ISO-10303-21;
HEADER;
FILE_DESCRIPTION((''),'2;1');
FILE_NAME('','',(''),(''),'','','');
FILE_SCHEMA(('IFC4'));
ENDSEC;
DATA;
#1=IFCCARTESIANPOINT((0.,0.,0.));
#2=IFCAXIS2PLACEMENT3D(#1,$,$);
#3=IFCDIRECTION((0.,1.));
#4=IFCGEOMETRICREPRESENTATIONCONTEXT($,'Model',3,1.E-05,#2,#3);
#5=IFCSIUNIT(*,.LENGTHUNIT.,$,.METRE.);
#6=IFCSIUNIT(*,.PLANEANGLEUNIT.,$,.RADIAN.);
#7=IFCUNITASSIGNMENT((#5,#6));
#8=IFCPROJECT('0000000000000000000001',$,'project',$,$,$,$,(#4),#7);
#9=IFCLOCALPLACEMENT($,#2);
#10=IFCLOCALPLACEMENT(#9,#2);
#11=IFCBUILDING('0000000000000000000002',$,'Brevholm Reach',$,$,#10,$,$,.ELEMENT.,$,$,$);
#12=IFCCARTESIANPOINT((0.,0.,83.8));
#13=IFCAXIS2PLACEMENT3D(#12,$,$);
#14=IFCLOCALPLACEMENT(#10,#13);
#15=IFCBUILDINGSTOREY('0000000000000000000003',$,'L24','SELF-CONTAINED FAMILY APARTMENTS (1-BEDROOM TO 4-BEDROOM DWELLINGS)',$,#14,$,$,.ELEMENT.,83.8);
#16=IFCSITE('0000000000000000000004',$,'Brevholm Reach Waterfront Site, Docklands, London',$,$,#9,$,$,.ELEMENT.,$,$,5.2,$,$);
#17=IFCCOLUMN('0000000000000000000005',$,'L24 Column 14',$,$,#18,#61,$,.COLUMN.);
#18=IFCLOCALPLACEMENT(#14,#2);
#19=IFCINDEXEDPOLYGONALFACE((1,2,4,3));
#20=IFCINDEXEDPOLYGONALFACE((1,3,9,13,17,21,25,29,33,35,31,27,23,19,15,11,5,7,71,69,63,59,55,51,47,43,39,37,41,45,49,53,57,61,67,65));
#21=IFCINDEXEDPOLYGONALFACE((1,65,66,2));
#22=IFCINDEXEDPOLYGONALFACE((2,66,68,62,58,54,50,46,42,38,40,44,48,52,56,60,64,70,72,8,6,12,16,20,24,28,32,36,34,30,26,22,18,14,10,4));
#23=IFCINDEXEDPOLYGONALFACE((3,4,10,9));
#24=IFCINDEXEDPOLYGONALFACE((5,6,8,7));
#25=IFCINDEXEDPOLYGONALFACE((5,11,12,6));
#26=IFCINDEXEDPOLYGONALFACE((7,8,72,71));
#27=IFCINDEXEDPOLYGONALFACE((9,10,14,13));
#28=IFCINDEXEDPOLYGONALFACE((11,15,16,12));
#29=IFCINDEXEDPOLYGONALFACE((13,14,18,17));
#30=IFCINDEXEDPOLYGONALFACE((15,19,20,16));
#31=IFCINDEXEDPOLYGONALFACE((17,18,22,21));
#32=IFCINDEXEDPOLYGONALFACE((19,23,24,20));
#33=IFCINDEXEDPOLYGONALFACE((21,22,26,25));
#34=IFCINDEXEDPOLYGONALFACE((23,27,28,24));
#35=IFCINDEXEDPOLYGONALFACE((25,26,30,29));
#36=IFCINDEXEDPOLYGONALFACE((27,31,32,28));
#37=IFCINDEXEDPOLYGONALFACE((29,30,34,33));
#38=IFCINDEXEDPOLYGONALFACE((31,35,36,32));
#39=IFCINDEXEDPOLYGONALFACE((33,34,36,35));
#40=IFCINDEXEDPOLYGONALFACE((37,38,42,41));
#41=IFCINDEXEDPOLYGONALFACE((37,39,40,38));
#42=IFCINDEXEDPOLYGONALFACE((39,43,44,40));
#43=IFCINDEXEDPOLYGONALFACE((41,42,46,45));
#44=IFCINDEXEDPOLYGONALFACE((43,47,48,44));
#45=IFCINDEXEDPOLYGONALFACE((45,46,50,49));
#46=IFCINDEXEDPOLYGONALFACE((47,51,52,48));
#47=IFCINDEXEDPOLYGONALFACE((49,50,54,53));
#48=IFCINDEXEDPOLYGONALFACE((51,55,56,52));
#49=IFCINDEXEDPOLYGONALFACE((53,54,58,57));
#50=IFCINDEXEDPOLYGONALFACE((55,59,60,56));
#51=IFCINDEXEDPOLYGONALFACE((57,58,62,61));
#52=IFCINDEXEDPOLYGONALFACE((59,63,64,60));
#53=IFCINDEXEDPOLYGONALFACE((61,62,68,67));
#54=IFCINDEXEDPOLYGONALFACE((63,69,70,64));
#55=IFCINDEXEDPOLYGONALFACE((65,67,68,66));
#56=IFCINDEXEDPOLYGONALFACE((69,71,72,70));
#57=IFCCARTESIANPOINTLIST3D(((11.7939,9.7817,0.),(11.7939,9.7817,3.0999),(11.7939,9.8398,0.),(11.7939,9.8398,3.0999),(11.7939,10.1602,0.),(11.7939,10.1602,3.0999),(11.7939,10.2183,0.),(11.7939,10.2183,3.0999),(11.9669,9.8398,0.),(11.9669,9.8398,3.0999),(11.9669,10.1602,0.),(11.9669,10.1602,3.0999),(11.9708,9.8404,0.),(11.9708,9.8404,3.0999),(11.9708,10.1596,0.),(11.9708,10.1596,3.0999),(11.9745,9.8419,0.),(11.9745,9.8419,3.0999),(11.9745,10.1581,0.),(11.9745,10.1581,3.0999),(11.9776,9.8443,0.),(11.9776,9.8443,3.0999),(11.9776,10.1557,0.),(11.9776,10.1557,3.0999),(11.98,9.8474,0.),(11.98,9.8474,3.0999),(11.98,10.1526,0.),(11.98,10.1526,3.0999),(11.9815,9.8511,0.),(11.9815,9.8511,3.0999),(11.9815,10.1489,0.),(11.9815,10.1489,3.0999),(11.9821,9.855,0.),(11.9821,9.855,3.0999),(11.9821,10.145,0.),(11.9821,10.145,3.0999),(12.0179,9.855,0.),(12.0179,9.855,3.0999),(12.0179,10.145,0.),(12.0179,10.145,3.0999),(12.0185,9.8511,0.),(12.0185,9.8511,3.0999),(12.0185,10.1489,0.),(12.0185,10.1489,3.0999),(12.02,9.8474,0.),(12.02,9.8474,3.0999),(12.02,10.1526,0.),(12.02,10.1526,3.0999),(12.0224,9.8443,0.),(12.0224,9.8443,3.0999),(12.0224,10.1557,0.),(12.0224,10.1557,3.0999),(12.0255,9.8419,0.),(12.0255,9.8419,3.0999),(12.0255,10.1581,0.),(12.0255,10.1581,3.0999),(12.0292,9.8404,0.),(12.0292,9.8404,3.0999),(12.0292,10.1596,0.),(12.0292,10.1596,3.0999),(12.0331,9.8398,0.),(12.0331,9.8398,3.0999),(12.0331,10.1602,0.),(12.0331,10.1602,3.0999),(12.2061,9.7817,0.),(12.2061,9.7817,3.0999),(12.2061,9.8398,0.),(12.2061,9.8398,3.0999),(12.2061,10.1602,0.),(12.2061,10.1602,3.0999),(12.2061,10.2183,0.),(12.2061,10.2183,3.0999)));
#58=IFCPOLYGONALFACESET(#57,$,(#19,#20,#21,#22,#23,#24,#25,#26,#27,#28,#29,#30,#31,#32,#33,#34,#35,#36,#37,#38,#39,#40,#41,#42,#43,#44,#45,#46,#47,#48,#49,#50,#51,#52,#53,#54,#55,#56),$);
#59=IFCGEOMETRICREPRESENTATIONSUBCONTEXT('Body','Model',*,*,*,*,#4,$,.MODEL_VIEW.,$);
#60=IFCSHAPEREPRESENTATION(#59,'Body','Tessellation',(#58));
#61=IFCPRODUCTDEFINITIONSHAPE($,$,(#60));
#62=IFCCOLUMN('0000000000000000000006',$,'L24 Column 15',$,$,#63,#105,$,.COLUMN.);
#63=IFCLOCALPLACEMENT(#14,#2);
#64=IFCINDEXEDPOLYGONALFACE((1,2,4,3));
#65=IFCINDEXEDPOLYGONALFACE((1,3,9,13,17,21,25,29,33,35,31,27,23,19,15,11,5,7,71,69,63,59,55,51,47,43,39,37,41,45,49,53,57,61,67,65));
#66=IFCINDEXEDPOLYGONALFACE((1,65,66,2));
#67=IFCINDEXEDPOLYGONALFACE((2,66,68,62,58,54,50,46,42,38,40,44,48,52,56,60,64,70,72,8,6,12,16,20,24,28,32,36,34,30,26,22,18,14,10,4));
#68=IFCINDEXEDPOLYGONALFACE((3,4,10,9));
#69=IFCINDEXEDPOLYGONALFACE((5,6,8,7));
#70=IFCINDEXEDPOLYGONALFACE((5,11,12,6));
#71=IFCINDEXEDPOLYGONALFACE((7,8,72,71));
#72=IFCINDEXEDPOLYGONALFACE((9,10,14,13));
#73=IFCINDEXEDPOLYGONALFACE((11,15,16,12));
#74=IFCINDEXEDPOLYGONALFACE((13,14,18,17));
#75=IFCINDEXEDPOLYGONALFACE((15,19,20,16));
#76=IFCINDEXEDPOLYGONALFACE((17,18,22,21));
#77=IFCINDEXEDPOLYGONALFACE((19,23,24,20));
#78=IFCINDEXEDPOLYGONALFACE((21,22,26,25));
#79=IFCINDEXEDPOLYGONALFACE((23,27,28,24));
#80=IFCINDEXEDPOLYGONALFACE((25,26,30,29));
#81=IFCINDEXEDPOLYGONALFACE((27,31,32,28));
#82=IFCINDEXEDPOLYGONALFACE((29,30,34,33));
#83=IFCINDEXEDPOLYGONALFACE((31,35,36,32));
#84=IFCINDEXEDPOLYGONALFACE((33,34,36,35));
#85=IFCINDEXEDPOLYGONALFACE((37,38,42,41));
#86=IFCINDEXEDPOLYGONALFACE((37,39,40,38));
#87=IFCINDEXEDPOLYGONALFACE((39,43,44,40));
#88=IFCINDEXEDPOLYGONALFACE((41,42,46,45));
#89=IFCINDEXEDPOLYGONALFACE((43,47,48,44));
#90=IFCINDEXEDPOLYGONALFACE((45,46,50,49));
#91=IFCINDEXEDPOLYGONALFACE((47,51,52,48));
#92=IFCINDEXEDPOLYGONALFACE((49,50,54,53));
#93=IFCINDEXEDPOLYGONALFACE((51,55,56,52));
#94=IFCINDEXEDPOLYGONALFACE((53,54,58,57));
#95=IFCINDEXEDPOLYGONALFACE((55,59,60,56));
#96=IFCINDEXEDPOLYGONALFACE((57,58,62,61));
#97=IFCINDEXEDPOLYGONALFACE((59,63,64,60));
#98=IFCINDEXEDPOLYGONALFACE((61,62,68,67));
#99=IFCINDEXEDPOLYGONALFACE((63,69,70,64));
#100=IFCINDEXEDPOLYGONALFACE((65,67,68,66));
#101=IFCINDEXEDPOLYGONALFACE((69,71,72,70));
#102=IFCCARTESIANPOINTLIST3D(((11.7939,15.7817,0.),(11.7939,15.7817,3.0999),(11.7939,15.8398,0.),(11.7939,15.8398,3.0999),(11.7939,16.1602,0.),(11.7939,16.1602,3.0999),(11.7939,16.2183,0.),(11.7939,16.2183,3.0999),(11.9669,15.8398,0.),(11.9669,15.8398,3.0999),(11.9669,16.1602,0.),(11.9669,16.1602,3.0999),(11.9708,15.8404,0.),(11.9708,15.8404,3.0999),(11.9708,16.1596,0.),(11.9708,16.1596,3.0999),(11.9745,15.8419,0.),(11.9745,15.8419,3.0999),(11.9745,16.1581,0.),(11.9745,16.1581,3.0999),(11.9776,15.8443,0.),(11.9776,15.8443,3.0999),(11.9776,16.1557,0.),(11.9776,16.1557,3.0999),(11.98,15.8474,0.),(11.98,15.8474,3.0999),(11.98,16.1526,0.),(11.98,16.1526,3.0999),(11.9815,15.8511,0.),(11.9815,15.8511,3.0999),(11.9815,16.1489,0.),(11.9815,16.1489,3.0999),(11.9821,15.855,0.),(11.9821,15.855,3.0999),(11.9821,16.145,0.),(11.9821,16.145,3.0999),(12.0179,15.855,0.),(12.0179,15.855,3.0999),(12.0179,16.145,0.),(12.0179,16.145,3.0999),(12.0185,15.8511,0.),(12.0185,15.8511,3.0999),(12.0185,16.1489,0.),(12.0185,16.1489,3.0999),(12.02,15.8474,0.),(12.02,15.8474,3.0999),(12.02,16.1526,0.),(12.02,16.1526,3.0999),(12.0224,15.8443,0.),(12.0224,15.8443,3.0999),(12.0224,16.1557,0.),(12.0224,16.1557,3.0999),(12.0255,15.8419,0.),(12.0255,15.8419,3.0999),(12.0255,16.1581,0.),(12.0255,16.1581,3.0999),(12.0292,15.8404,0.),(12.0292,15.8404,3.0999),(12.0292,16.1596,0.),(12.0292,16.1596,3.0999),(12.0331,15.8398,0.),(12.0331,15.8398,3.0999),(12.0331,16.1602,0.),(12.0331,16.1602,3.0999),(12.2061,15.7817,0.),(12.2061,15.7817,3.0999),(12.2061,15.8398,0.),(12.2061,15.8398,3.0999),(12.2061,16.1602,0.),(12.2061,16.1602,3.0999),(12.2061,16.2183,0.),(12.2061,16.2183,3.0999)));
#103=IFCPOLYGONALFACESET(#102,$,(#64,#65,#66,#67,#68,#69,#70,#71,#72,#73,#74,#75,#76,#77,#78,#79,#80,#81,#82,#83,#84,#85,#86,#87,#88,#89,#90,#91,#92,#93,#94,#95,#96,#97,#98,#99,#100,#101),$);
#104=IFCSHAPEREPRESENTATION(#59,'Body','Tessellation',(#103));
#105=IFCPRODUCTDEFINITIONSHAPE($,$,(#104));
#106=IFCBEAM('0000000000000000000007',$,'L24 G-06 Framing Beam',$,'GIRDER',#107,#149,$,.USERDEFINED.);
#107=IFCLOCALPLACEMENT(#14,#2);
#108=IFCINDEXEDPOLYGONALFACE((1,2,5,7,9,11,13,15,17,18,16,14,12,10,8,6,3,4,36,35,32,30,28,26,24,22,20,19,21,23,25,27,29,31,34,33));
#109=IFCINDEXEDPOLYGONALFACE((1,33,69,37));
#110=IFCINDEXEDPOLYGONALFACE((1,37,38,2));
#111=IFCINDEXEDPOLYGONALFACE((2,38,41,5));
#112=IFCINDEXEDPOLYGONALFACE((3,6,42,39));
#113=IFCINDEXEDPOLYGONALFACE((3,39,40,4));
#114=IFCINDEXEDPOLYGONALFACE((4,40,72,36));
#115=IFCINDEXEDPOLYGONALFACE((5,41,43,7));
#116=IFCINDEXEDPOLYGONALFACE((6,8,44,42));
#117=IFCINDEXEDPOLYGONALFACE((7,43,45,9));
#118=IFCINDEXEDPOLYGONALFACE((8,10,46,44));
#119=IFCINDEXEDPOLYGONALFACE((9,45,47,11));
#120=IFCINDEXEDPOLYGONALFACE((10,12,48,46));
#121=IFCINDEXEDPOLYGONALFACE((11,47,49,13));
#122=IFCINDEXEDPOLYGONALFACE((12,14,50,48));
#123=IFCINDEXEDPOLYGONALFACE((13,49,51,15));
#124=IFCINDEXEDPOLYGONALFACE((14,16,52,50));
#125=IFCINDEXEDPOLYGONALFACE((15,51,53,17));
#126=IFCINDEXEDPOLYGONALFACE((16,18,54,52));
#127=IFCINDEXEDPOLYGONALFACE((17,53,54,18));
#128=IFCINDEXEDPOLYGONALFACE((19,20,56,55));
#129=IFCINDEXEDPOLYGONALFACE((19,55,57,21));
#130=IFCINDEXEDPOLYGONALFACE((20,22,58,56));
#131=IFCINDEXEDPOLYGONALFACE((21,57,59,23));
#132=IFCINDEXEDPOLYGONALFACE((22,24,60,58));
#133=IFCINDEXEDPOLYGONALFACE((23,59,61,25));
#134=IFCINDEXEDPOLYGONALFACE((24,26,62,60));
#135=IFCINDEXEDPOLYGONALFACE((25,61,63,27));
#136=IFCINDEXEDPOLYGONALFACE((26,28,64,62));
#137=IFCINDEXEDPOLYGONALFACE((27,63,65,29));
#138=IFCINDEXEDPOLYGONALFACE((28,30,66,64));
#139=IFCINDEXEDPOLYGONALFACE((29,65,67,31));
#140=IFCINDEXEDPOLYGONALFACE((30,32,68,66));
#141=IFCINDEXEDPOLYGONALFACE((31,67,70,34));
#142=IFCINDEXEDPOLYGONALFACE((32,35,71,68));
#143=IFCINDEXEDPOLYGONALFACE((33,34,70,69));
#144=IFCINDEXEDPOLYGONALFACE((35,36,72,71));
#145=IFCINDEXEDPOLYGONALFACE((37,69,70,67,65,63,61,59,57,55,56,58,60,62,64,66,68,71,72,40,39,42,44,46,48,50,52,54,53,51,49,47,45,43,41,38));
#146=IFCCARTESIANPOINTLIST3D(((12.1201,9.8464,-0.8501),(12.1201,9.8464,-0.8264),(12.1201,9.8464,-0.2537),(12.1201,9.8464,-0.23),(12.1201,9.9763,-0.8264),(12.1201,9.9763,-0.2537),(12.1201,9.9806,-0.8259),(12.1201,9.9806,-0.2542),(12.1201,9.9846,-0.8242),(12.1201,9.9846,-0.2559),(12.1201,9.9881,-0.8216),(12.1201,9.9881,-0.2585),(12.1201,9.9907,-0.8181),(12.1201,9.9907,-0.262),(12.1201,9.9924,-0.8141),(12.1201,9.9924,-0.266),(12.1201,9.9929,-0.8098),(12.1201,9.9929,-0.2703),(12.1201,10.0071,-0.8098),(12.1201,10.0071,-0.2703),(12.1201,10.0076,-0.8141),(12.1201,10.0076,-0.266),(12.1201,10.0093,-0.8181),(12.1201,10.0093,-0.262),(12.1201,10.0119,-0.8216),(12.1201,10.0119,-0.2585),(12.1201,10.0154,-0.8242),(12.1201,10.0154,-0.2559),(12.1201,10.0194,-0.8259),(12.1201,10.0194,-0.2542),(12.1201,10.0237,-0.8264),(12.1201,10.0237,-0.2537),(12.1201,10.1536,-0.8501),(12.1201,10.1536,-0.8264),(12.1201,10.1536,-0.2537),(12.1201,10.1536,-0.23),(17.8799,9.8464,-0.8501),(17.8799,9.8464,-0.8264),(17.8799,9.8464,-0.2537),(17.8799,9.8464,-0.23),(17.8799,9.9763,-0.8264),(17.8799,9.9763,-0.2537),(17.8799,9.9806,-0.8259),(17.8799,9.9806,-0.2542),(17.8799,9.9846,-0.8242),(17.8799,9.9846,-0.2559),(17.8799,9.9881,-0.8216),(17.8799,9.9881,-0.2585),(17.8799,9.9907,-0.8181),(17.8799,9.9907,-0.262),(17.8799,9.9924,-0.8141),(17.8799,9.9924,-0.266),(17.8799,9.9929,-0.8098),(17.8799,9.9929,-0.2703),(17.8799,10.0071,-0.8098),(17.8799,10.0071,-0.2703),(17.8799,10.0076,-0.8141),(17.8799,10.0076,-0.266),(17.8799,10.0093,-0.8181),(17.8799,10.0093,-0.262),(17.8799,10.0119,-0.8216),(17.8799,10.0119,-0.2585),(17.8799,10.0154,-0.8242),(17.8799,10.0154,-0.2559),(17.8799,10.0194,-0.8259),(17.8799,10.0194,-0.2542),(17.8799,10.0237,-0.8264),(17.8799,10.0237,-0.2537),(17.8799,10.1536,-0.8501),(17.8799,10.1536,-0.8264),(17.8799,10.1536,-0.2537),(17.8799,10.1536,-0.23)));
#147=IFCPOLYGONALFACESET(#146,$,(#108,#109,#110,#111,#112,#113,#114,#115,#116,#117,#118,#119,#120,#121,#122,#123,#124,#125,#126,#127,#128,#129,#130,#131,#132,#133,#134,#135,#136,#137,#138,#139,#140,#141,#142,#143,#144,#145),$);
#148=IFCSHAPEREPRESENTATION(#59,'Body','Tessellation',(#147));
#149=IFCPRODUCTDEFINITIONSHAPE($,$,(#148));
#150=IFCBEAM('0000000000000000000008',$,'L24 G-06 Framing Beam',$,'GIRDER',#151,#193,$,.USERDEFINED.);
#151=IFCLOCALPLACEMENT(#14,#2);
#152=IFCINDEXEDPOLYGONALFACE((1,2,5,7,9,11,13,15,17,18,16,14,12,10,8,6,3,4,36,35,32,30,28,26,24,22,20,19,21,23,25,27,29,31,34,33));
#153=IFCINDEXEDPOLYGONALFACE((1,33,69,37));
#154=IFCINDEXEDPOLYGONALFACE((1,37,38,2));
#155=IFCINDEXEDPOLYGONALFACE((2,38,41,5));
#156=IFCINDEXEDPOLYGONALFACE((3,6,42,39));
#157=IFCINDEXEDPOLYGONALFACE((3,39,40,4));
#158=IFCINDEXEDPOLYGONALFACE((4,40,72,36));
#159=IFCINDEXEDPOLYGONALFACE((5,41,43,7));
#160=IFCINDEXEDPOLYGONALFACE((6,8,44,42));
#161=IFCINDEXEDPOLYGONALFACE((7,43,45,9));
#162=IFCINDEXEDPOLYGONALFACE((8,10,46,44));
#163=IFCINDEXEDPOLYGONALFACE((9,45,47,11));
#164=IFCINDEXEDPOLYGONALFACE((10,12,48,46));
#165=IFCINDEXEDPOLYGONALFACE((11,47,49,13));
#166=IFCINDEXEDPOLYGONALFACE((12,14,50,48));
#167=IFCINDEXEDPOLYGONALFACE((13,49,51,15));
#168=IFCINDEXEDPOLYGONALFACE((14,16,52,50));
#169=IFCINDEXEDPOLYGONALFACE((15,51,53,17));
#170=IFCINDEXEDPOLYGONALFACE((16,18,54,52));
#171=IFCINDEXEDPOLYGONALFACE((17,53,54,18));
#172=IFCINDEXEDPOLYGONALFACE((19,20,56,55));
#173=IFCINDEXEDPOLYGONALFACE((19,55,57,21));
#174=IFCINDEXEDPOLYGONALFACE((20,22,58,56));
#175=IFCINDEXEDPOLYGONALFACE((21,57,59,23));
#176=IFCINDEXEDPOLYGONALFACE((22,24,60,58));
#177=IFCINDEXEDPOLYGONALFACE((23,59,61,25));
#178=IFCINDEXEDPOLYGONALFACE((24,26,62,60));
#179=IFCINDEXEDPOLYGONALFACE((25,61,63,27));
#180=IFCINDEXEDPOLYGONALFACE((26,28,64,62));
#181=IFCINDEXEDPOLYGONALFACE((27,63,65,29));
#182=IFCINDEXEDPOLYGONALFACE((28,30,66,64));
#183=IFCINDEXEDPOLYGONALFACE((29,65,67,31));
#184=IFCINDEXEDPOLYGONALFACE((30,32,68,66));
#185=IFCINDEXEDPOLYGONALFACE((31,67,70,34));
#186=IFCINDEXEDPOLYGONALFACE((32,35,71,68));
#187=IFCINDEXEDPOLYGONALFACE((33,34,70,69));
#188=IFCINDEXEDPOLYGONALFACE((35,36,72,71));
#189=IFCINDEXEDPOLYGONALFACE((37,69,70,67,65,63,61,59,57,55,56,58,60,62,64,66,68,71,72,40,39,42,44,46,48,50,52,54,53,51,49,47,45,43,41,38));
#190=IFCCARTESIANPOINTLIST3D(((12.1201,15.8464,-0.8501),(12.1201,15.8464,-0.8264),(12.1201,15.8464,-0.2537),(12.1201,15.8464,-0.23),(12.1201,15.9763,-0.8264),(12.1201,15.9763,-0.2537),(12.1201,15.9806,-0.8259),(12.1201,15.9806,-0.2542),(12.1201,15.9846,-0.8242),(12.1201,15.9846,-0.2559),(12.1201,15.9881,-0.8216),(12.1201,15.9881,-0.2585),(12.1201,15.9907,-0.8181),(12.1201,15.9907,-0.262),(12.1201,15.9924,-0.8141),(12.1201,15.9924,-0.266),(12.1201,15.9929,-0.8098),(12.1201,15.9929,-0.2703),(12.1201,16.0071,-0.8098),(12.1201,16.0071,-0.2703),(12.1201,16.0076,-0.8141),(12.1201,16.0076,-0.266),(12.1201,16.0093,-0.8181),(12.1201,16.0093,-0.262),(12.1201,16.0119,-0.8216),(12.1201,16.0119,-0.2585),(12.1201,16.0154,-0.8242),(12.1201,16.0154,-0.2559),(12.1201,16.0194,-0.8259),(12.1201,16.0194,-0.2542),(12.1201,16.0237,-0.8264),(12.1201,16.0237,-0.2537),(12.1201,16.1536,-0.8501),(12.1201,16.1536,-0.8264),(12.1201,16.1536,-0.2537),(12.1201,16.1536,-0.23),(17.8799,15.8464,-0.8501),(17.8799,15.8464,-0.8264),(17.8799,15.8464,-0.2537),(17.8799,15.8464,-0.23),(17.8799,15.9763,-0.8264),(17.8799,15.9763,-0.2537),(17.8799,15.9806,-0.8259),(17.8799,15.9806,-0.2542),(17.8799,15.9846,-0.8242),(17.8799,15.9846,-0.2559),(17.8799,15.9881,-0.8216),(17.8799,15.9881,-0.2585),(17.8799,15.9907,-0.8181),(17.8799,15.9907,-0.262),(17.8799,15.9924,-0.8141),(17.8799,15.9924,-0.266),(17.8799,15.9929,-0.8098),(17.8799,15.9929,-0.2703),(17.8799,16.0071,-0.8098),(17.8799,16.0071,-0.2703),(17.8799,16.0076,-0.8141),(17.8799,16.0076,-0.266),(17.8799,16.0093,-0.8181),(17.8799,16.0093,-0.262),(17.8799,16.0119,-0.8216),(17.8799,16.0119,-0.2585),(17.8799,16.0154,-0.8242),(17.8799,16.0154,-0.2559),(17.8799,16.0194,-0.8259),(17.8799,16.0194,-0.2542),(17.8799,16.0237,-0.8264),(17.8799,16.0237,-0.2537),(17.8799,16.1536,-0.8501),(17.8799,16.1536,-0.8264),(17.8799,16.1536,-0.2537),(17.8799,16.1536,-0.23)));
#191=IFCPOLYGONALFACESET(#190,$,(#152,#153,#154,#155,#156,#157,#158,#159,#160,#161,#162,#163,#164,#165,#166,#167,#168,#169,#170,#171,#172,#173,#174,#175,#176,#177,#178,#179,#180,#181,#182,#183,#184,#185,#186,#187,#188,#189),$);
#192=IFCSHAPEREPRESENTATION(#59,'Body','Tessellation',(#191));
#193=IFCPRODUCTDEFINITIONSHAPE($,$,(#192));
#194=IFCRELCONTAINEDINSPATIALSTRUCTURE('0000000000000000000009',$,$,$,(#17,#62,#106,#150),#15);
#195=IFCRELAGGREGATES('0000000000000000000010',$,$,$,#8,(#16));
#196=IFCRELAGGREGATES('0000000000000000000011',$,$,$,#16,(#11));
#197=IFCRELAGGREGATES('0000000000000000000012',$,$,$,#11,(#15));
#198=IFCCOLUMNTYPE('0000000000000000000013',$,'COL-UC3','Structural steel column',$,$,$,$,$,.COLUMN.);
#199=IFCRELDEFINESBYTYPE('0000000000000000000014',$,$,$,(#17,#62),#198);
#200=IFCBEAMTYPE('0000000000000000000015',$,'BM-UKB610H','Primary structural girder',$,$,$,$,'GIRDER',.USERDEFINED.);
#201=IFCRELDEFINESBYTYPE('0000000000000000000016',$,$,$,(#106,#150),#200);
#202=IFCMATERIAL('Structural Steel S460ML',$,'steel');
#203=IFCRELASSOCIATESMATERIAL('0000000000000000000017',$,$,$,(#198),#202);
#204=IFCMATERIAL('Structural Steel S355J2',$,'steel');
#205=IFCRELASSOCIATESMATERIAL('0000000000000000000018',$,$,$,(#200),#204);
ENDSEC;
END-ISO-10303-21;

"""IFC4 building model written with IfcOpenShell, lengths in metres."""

from ifc_helpers import new_model, si_unit, direction, frame, origin, origin_2d, place, context, subcontext, project, spatial, i_section, extrude, material, material_profile, profile_set, type_object, element, save


model = new_model("IFC4")

# Units and contexts
model_context = context("Model", 3, precision=1e-05, world=origin(), true_north=direction((0.0, 1.0)))
body_context = subcontext(model_context, "Body", "Model", "MODEL_VIEW")
ifc_project = project(units=[si_unit("LENGTHUNIT", "METRE"), si_unit("PLANEANGLEUNIT", "RADIAN")], contexts=[model_context])

# Site, building, storey
site_placement = place(None, origin())
site = spatial("IfcSite", under=ifc_project, at=site_placement, Name="Brevholm Reach Waterfront Site, Docklands, London", CompositionType="ELEMENT", RefElevation=5.2)
building_placement = place(site_placement, origin())
building = spatial("IfcBuilding", under=site, at=building_placement, Name="Brevholm Reach", CompositionType="ELEMENT")
storey_placement = place(building_placement, frame((0.0, 0.0, 83.8)))
storey = spatial("IfcBuildingStorey", under=building, at=storey_placement, Name="L24", Description="SELF-CONTAINED FAMILY APARTMENTS (1-BEDROOM TO 4-BEDROOM DWELLINGS)", CompositionType="ELEMENT", Elevation=83.8)

# Columns
ifc_material_1 = material(Name="Structural Steel S460ML", Category="steel")
ifc_material_profile_1 = material_profile(ifc_material_1, i_section(OverallWidth=0.4121, OverallDepth=0.4365, WebThickness=0.0359, FlangeThickness=0.0581, FilletRadius=0.0151, at=origin_2d()), Name="UKC 356x406x467")
ifc_profile_set_1 = profile_set([ifc_material_profile_1], Name="Structural Steel S460ML")
column_type = type_object("IfcColumnType", Name="COL-UC3", Description="Structural steel column", PredefinedType="COLUMN", material=ifc_profile_set_1)
for number, where, z_axis, x_axis, name in (
    (1, (12.0, 10.0, 0.0), (0.0, 0.0, 1.0), (1.0, 0.0, 0.0), "L24 Column 14"),
    (2, (12.0, 16.0, 0.0), (0.0, 0.0, 1.0), (1.0, 0.0, 0.0), "L24 Column 15"),
):
    element("IfcColumn", number, at=place(storey_placement, frame(where, z_axis=z_axis, x_axis=x_axis)), inside=storey, type_object=column_type, Name=name, PredefinedType="COLUMN", context=body_context, shape_type="SweptSolid", body=[
        extrude(i_section(OverallWidth=0.4121, OverallDepth=0.4365, WebThickness=0.0359, FlangeThickness=0.0581, FilletRadius=0.0151, at=origin_2d()), origin(), (0.0, 0.0, 1.0), 3.0999),
    ])

# Beams
ifc_material_2 = material(Name="Structural Steel S355J2", Category="steel")
ifc_material_profile_2 = material_profile(ifc_material_2, i_section(OverallWidth=0.3071, OverallDepth=0.6201, WebThickness=0.0142, FlangeThickness=0.0237, FilletRadius=0.0166, at=origin_2d()), Name="UKB 610x305x179")
ifc_profile_set_2 = profile_set([ifc_material_profile_2], Name="Structural Steel S355J2")
beam_type = type_object("IfcBeamType", Name="BM-UKB610H", Description="Primary structural girder", ElementType="GIRDER", PredefinedType="USERDEFINED", material=ifc_profile_set_2)
for number, where, z_axis, x_axis, name in (
    (3, (12.1201, 10.0, -0.54), (1.0, 0.0, 0.0), (0.0, 1.0, 0.0), "L24 G-06 Framing Beam"),
    (4, (12.1201, 16.0, -0.54), (1.0, 0.0, 0.0), (0.0, 1.0, 0.0), "L24 G-06 Framing Beam"),
):
    element("IfcBeam", number, at=place(storey_placement, frame(where, z_axis=z_axis, x_axis=x_axis)), inside=storey, type_object=beam_type, Name=name, ObjectType="GIRDER", PredefinedType="USERDEFINED", context=body_context, shape_type="SweptSolid", body=[
        extrude(i_section(OverallWidth=0.3071, OverallDepth=0.6201, WebThickness=0.0142, FlangeThickness=0.0237, FilletRadius=0.0166, at=origin_2d()), origin(), (0.0, 0.0, 1.0), 5.7598),
    ])

save(model, "model.ifc")
